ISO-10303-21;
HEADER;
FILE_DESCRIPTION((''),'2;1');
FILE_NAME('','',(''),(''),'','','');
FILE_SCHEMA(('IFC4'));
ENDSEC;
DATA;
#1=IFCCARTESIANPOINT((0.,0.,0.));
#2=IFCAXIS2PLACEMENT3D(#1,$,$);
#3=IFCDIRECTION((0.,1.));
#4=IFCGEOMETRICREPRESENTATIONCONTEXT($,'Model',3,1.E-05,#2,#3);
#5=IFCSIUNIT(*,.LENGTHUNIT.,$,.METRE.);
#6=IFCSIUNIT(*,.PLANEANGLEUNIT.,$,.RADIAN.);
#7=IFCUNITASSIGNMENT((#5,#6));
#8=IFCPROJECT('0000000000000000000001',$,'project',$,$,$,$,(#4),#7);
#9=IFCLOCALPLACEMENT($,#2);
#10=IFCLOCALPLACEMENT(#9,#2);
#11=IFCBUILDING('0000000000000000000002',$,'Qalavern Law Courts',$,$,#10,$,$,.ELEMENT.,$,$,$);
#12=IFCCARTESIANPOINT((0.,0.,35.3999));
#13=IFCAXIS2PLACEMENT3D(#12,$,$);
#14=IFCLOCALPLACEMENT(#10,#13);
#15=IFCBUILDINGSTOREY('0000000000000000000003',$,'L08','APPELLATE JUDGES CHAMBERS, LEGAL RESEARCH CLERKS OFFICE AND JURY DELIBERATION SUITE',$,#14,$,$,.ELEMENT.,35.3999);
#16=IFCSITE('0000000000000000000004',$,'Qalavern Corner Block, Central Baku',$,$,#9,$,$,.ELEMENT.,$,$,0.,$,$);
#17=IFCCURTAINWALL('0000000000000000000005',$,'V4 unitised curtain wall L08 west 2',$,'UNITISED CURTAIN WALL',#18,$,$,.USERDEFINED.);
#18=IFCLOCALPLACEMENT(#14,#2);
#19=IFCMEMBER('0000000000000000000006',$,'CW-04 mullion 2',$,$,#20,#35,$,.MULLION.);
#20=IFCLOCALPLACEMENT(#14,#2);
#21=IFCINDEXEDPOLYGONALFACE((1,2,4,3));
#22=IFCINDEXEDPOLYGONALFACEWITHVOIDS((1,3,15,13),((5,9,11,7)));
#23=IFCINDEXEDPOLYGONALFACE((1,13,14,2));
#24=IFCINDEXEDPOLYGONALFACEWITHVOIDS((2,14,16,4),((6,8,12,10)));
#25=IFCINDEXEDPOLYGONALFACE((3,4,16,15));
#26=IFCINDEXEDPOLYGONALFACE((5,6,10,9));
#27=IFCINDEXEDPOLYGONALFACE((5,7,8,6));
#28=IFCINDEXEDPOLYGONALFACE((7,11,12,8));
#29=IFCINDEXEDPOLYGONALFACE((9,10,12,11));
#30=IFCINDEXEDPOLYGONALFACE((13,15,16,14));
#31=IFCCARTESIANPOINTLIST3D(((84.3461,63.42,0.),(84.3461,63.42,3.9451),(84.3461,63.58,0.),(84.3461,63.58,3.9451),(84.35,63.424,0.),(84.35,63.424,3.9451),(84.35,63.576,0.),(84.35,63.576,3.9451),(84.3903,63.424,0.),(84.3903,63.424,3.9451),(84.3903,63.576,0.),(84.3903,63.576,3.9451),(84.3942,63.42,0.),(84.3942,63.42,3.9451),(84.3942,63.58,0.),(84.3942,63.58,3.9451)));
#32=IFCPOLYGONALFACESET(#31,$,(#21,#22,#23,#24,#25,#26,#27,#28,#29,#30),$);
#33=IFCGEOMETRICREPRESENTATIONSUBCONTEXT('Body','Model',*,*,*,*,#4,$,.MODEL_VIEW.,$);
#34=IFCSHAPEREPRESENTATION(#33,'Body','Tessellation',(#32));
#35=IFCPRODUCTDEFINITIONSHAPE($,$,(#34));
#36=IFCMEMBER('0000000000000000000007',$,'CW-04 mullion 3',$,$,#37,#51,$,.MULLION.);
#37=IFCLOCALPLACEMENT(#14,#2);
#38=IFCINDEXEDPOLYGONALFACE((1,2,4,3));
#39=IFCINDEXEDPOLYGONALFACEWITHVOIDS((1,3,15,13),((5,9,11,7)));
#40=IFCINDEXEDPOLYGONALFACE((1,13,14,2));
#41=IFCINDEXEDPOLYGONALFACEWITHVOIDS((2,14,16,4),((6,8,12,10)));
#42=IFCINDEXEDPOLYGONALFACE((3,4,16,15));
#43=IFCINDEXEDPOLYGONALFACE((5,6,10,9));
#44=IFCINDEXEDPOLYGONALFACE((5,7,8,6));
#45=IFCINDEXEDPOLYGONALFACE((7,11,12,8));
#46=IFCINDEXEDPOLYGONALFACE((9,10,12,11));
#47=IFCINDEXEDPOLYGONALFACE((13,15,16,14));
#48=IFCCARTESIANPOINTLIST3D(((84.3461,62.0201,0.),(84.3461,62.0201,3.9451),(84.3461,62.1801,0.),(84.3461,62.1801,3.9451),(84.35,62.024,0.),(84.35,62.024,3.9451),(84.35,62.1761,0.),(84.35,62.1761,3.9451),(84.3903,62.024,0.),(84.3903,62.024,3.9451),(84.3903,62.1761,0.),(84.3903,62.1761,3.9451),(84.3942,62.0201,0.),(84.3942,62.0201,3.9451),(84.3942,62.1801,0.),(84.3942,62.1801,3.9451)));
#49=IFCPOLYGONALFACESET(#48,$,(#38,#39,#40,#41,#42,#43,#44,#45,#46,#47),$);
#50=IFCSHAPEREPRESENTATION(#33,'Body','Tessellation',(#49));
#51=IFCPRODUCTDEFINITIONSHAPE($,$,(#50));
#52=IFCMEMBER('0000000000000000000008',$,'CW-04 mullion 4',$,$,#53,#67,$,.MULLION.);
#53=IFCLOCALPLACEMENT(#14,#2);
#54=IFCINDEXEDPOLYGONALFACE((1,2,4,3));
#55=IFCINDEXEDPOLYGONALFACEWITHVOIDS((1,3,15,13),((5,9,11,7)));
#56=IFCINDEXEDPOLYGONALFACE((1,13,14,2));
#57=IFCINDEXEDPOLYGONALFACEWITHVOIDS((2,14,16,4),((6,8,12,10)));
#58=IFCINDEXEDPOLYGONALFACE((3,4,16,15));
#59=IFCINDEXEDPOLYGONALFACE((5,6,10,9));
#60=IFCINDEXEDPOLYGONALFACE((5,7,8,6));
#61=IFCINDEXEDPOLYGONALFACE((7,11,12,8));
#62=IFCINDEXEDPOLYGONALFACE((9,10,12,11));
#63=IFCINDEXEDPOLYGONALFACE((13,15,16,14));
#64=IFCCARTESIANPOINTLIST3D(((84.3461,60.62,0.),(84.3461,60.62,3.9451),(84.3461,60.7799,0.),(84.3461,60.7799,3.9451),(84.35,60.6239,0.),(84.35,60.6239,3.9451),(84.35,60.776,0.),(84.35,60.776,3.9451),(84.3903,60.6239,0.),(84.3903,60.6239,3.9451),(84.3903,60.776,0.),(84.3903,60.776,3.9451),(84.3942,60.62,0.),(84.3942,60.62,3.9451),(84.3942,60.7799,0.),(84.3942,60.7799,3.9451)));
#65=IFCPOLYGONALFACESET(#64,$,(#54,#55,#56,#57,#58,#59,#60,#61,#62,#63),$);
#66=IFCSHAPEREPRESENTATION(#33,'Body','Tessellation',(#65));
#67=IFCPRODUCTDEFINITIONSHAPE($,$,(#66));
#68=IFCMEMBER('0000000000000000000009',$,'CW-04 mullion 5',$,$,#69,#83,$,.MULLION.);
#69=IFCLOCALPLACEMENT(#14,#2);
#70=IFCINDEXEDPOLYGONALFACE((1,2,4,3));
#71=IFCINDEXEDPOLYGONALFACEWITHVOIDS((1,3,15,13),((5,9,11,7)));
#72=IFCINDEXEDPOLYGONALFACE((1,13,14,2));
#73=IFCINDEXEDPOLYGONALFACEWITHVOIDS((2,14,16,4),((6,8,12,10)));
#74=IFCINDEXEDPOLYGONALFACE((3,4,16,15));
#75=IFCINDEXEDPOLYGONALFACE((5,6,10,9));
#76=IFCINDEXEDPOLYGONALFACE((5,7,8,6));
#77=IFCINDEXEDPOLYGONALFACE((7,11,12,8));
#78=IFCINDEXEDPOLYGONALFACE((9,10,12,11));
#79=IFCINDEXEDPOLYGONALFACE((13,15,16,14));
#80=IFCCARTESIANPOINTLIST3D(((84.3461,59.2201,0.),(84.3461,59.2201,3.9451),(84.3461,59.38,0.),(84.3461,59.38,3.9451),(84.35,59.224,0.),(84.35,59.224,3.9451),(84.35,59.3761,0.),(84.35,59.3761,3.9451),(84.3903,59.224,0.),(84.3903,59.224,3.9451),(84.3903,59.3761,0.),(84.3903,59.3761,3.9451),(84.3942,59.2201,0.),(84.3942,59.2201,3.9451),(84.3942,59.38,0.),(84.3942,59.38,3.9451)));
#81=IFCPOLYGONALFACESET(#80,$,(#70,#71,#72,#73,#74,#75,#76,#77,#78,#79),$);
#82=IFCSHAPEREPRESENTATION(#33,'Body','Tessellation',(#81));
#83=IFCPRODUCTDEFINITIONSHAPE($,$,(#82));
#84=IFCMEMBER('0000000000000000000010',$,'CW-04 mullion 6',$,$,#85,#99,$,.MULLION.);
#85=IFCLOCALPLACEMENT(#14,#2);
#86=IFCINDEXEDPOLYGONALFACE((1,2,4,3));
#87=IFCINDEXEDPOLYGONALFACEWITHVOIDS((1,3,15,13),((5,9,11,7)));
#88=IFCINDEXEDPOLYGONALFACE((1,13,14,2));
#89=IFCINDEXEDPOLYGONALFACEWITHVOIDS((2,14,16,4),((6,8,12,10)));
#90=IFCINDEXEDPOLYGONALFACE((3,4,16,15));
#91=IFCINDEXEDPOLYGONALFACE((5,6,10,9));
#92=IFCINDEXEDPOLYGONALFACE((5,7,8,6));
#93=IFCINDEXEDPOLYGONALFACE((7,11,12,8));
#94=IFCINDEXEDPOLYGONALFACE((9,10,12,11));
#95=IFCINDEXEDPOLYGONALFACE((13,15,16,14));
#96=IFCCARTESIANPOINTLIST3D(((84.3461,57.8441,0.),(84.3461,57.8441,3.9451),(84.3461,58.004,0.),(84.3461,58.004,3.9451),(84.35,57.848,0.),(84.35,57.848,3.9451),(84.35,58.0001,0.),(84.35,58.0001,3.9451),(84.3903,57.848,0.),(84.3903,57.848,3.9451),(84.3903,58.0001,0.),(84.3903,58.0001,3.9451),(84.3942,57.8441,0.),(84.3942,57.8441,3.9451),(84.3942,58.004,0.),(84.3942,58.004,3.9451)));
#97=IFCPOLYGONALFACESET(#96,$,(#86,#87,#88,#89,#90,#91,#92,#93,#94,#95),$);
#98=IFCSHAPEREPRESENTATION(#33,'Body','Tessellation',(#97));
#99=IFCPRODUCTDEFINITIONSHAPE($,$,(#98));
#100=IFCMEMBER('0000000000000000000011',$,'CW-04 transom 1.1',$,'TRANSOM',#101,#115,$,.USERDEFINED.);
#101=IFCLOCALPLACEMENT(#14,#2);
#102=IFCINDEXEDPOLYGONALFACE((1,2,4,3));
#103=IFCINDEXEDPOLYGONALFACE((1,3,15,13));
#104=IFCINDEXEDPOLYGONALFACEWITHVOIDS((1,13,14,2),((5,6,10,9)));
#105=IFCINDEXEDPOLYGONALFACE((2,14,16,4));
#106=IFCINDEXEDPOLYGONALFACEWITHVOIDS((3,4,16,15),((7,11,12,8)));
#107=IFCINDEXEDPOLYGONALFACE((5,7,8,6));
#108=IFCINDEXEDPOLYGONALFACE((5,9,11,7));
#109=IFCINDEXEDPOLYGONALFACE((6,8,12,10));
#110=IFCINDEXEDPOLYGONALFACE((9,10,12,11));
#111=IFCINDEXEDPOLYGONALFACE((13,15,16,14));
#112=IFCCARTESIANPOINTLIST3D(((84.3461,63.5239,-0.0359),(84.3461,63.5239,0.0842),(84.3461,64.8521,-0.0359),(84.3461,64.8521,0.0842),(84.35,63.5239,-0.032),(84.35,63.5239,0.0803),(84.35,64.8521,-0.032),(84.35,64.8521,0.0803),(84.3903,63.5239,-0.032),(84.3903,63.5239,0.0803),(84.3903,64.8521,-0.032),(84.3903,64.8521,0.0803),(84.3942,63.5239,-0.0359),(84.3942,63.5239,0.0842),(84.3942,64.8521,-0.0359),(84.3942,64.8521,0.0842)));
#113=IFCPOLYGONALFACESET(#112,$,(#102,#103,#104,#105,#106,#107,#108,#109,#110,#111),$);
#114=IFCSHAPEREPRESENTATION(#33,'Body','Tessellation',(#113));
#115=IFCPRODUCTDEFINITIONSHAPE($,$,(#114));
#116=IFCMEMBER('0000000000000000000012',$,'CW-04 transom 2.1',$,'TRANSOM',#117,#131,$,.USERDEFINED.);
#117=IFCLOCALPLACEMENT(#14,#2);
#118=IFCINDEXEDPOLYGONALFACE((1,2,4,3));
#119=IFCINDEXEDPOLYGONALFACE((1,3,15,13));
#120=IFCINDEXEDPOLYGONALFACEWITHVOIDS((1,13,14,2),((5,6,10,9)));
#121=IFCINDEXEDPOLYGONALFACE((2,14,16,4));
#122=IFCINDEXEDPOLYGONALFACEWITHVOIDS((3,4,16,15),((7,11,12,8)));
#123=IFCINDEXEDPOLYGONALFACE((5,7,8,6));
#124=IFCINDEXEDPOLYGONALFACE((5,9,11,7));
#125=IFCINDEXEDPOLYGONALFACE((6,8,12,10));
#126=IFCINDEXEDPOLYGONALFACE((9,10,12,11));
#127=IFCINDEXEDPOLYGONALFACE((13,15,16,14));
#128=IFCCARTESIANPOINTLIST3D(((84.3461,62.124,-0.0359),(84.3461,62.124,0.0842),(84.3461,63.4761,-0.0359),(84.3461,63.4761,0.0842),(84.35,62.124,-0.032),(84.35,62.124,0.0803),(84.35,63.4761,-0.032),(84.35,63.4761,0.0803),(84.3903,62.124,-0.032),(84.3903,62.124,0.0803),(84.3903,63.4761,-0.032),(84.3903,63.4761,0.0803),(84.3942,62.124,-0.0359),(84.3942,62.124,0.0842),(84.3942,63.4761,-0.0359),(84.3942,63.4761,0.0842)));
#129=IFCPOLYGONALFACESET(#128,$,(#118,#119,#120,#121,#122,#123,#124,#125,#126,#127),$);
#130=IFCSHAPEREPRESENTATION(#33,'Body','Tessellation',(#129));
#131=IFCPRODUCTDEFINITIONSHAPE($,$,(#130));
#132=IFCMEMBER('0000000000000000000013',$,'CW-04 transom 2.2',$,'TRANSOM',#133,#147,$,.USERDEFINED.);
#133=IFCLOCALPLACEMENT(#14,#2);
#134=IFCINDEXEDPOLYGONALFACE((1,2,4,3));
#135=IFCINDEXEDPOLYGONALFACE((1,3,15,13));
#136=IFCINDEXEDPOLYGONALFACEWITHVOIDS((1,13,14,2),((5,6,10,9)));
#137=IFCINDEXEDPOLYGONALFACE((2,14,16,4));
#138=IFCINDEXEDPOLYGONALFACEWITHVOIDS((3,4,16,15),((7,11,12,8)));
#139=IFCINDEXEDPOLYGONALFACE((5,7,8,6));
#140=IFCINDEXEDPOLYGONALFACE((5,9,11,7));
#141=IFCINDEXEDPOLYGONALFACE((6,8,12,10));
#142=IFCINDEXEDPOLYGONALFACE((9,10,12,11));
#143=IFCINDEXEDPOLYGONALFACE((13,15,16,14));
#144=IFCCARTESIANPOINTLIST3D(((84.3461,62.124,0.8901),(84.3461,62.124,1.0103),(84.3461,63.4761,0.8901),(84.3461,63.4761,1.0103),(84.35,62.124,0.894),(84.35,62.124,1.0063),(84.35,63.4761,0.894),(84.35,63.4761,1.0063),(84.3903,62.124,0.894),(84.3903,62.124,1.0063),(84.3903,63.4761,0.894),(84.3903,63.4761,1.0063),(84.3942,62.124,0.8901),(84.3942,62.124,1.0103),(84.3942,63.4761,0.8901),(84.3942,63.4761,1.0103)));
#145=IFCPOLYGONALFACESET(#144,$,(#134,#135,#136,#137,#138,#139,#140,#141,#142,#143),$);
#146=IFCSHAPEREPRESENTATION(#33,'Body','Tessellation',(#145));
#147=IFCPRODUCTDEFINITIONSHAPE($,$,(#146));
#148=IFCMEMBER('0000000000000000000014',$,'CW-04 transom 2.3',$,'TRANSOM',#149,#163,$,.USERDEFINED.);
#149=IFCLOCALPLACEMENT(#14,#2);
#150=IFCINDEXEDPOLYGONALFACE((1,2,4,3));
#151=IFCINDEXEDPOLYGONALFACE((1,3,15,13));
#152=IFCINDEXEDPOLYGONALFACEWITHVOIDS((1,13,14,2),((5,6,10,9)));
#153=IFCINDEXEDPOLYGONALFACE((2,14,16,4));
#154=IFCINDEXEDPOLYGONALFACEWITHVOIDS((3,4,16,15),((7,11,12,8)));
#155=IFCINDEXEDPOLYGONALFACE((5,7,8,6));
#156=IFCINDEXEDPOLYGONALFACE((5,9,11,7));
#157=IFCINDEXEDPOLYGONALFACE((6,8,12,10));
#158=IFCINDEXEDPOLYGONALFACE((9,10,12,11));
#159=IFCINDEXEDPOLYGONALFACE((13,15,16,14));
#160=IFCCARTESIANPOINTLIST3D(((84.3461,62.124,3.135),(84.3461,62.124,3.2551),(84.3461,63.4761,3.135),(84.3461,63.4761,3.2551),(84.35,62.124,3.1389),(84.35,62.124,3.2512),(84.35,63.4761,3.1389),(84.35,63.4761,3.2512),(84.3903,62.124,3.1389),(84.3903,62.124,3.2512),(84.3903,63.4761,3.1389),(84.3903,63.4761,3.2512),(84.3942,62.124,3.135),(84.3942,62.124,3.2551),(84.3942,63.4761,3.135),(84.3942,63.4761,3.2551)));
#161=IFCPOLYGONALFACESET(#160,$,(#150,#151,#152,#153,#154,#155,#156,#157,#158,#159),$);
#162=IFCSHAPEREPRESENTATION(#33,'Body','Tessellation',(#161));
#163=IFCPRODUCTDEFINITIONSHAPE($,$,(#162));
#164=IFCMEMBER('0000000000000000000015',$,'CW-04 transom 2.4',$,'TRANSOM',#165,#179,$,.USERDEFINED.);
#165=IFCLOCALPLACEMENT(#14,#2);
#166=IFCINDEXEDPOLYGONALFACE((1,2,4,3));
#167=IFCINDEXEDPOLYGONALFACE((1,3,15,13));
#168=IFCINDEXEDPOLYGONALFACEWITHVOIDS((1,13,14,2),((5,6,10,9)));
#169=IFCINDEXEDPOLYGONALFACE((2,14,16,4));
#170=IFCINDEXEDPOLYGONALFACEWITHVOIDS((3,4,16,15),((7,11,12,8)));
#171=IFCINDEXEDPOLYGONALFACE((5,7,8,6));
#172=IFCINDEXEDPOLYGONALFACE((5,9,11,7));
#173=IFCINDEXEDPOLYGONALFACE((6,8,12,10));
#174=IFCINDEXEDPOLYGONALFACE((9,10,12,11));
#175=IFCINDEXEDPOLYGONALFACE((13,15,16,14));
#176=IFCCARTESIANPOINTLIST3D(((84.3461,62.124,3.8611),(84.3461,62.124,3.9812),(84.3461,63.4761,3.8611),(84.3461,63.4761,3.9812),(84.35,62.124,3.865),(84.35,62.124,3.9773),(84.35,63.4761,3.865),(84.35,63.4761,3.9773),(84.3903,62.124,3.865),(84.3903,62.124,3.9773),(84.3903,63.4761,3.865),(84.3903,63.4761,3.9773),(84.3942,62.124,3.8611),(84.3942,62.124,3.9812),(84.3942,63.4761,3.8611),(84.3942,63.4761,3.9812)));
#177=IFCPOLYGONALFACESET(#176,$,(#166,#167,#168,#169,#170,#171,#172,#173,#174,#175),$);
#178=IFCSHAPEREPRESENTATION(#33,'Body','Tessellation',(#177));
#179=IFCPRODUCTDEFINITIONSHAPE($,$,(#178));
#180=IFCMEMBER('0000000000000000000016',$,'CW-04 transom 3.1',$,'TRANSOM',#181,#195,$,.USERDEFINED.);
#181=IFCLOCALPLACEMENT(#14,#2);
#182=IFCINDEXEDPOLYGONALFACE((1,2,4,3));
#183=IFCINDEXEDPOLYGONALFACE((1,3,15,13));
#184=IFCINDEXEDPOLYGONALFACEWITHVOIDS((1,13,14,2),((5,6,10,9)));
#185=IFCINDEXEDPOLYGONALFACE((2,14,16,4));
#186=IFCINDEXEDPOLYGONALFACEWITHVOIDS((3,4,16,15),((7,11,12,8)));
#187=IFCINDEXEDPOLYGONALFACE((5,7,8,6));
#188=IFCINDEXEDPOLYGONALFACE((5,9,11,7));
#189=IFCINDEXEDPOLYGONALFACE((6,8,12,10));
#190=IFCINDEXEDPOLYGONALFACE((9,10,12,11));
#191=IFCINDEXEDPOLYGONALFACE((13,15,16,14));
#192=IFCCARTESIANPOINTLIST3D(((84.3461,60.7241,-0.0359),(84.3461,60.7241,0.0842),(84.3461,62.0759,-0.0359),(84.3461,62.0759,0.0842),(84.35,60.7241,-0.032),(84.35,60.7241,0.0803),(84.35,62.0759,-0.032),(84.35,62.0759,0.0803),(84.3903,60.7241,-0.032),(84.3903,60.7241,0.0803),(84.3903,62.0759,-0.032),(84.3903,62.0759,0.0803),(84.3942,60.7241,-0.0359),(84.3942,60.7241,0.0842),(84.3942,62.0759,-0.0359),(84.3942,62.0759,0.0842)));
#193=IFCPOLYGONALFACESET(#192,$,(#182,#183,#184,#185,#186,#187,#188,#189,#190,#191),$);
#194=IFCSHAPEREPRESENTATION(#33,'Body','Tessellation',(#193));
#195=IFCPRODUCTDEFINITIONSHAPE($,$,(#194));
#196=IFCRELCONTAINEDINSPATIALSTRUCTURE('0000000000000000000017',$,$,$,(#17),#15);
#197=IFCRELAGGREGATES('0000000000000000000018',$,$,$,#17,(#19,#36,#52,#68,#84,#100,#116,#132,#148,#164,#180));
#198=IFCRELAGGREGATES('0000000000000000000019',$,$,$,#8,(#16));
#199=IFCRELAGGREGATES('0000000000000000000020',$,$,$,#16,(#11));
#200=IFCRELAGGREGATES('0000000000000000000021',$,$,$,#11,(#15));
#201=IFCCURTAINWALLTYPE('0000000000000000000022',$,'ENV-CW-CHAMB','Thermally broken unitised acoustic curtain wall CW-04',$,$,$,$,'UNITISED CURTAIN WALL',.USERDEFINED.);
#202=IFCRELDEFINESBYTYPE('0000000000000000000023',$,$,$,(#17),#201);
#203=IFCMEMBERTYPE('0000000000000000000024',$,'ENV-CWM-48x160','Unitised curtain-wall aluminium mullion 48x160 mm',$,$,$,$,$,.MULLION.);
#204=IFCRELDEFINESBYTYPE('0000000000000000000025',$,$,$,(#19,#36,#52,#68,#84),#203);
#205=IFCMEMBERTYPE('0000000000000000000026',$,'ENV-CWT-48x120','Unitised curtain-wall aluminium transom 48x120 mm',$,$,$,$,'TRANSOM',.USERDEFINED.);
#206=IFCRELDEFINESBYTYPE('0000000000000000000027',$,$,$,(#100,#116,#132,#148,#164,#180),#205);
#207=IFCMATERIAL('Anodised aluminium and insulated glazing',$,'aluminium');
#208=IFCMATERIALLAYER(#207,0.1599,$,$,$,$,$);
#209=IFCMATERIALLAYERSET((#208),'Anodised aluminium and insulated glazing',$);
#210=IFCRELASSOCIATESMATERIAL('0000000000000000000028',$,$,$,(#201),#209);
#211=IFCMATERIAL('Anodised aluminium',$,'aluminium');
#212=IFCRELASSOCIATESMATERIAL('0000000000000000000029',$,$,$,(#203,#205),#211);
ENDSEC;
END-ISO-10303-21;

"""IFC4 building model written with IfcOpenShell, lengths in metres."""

from ifc_helpers import new_model, si_unit, direction, frame, origin, origin_2d, place, context, subcontext, project, spatial, hollow_rectangle, extrude, material, layer, layer_set, material_profile, profile_set, type_object, element, aggregate, save


model = new_model("IFC4")

# Units and contexts
model_context = context("Model", 3, precision=1e-05, world=origin(), true_north=direction((0.0, 1.0)))
body_context = subcontext(model_context, "Body", "Model", "MODEL_VIEW")
ifc_project = project(units=[si_unit("LENGTHUNIT", "METRE"), si_unit("PLANEANGLEUNIT", "RADIAN")], contexts=[model_context])

# Site, building, storey
site_placement = place(None, origin())
site = spatial("IfcSite", under=ifc_project, at=site_placement, Name="Qalavern Corner Block, Central Baku", CompositionType="ELEMENT", RefElevation=0.0)
building_placement = place(site_placement, origin())
building = spatial("IfcBuilding", under=site, at=building_placement, Name="Qalavern Law Courts", CompositionType="ELEMENT")
storey_placement = place(building_placement, frame((0.0, 0.0, 35.3999)))
storey = spatial("IfcBuildingStorey", under=building, at=storey_placement, Name="L08", Description="APPELLATE JUDGES CHAMBERS, LEGAL RESEARCH CLERKS OFFICE AND JURY DELIBERATION SUITE", CompositionType="ELEMENT", Elevation=35.3999)

# Curtain wall, members
ifc_material_1 = material(Name="Anodised aluminium and insulated glazing", Category="aluminium")
ifc_layer_1 = layer(ifc_material_1, 0.1599)
ifc_layer_set_1 = layer_set([ifc_layer_1], Name="Anodised aluminium and insulated glazing")
curtain_wall_type = type_object("IfcCurtainWallType", Name="ENV-CW-CHAMB", Description="Thermally broken unitised acoustic curtain wall CW-04", ElementType="UNITISED CURTAIN WALL", PredefinedType="USERDEFINED", material=ifc_layer_set_1)
curtain_wall_placement = place(storey_placement, origin())
curtain_wall = element("IfcCurtainWall", 1, at=curtain_wall_placement, inside=storey, type_object=curtain_wall_type, Name="V4 unitised curtain wall L08 west 2", ObjectType="UNITISED CURTAIN WALL", PredefinedType="USERDEFINED")
ifc_material_2 = material(Name="Anodised aluminium", Category="aluminium")
ifc_material_profile_1 = material_profile(ifc_material_2, hollow_rectangle(XDim=0.0481, YDim=0.1599, WallThickness=0.0039, at=origin_2d()), Name="ALU MULLION 48x160")
ifc_profile_set_1 = profile_set([ifc_material_profile_1], Name="Anodised aluminium")
member_type_1 = type_object("IfcMemberType", Name="ENV-CWM-48x160", Description="Unitised curtain-wall aluminium mullion 48x160 mm", PredefinedType="MULLION", material=ifc_profile_set_1)
member_1_placement = place(storey_placement, frame((84.3701, 63.5, 0.0), z_axis=(0.0, 0.0, 1.0), x_axis=(1.0, 0.0, 0.0)))
member_1 = element("IfcMember", 2, at=member_1_placement, type_object=member_type_1, Name="CW-04 mullion 2", PredefinedType="MULLION", context=body_context, shape_type="SweptSolid", body=[
    extrude(hollow_rectangle(XDim=0.0481, YDim=0.1599, WallThickness=0.0039, at=origin_2d()), origin(), (0.0, 0.0, 1.0), 3.9451),
])
member_2_placement = place(storey_placement, frame((84.3701, 62.1001, 0.0), z_axis=(0.0, 0.0, 1.0), x_axis=(1.0, 0.0, 0.0)))
member_2 = element("IfcMember", 3, at=member_2_placement, type_object=member_type_1, Name="CW-04 mullion 3", PredefinedType="MULLION", context=body_context, shape_type="SweptSolid", body=[
    extrude(hollow_rectangle(XDim=0.0481, YDim=0.1599, WallThickness=0.0039, at=origin_2d()), origin(), (0.0, 0.0, 1.0), 3.9451),
])
member_3_placement = place(storey_placement, frame((84.3701, 60.7, 0.0), z_axis=(0.0, 0.0, 1.0), x_axis=(1.0, 0.0, 0.0)))
member_3 = element("IfcMember", 4, at=member_3_placement, type_object=member_type_1, Name="CW-04 mullion 4", PredefinedType="MULLION", context=body_context, shape_type="SweptSolid", body=[
    extrude(hollow_rectangle(XDim=0.0481, YDim=0.1599, WallThickness=0.0039, at=origin_2d()), origin(), (0.0, 0.0, 1.0), 3.9451),
])
member_4_placement = place(storey_placement, frame((84.3701, 59.3, 0.0), z_axis=(0.0, 0.0, 1.0), x_axis=(1.0, 0.0, 0.0)))
member_4 = element("IfcMember", 5, at=member_4_placement, type_object=member_type_1, Name="CW-04 mullion 5", PredefinedType="MULLION", context=body_context, shape_type="SweptSolid", body=[
    extrude(hollow_rectangle(XDim=0.0481, YDim=0.1599, WallThickness=0.0039, at=origin_2d()), origin(), (0.0, 0.0, 1.0), 3.9451),
])
member_5_placement = place(storey_placement, frame((84.3701, 57.9241, 0.0), z_axis=(0.0, 0.0, 1.0), x_axis=(1.0, 0.0, 0.0)))
member_5 = element("IfcMember", 6, at=member_5_placement, type_object=member_type_1, Name="CW-04 mullion 6", PredefinedType="MULLION", context=body_context, shape_type="SweptSolid", body=[
    extrude(hollow_rectangle(XDim=0.0481, YDim=0.1599, WallThickness=0.0039, at=origin_2d()), origin(), (0.0, 0.0, 1.0), 3.9451),
])
ifc_material_profile_2 = material_profile(ifc_material_2, hollow_rectangle(XDim=0.0481, YDim=0.1201, WallThickness=0.0039, at=origin_2d()), Name="ALU TRANSOM 48x120")
ifc_profile_set_2 = profile_set([ifc_material_profile_2], Name="Anodised aluminium")
member_type_2 = type_object("IfcMemberType", Name="ENV-CWT-48x120", Description="Unitised curtain-wall aluminium transom 48x120 mm", ElementType="TRANSOM", PredefinedType="USERDEFINED", material=ifc_profile_set_2)
member_6_placement = place(storey_placement, frame((84.3701, 64.8521, 0.0242), z_axis=(0.0, -1.0, 0.0), x_axis=(1.0, 0.0, 0.0)))
member_6 = element("IfcMember", 7, at=member_6_placement, type_object=member_type_2, Name="CW-04 transom 1.1", ObjectType="TRANSOM", PredefinedType="USERDEFINED", context=body_context, shape_type="SweptSolid", body=[
    extrude(hollow_rectangle(XDim=0.0481, YDim=0.1201, WallThickness=0.0039, at=origin_2d()), origin(), (0.0, 0.0, 1.0), 1.3281),
])
member_7_placement = place(storey_placement, frame((84.3701, 63.4761, 0.0242), z_axis=(0.0, -1.0, 0.0), x_axis=(1.0, 0.0, 0.0)))
member_7 = element("IfcMember", 8, at=member_7_placement, type_object=member_type_2, Name="CW-04 transom 2.1", ObjectType="TRANSOM", PredefinedType="USERDEFINED", context=body_context, shape_type="SweptSolid", body=[
    extrude(hollow_rectangle(XDim=0.0481, YDim=0.1201, WallThickness=0.0039, at=origin_2d()), origin(), (0.0, 0.0, 1.0), 1.3521),
])
member_8_placement = place(storey_placement, frame((84.3701, 63.4761, 0.9502), z_axis=(0.0, -1.0, 0.0), x_axis=(1.0, 0.0, 0.0)))
member_8 = element("IfcMember", 9, at=member_8_placement, type_object=member_type_2, Name="CW-04 transom 2.2", ObjectType="TRANSOM", PredefinedType="USERDEFINED", context=body_context, shape_type="SweptSolid", body=[
    extrude(hollow_rectangle(XDim=0.0481, YDim=0.1201, WallThickness=0.0039, at=origin_2d()), origin(), (0.0, 0.0, 1.0), 1.3521),
])
member_9_placement = place(storey_placement, frame((84.3701, 63.4761, 3.1951), z_axis=(0.0, -1.0, 0.0), x_axis=(1.0, 0.0, 0.0)))
member_9 = element("IfcMember", 10, at=member_9_placement, type_object=member_type_2, Name="CW-04 transom 2.3", ObjectType="TRANSOM", PredefinedType="USERDEFINED", context=body_context, shape_type="SweptSolid", body=[
    extrude(hollow_rectangle(XDim=0.0481, YDim=0.1201, WallThickness=0.0039, at=origin_2d()), origin(), (0.0, 0.0, 1.0), 1.3521),
])
member_10_placement = place(storey_placement, frame((84.3701, 63.4761, 3.9211), z_axis=(0.0, -1.0, 0.0), x_axis=(1.0, 0.0, 0.0)))
member_10 = element("IfcMember", 11, at=member_10_placement, type_object=member_type_2, Name="CW-04 transom 2.4", ObjectType="TRANSOM", PredefinedType="USERDEFINED", context=body_context, shape_type="SweptSolid", body=[
    extrude(hollow_rectangle(XDim=0.0481, YDim=0.1201, WallThickness=0.0039, at=origin_2d()), origin(), (0.0, 0.0, 1.0), 1.3521),
])
member_11_placement = place(storey_placement, frame((84.3701, 62.0759, 0.0242), z_axis=(0.0, -1.0, 0.0), x_axis=(1.0, 0.0, 0.0)))
member_11 = element("IfcMember", 12, at=member_11_placement, type_object=member_type_2, Name="CW-04 transom 3.1", ObjectType="TRANSOM", PredefinedType="USERDEFINED", context=body_context, shape_type="SweptSolid", body=[
    extrude(hollow_rectangle(XDim=0.0481, YDim=0.1201, WallThickness=0.0039, at=origin_2d()), origin(), (0.0, 0.0, 1.0), 1.3518),
])
aggregate(curtain_wall, [member_1, member_2, member_3, member_4, member_5, member_6, member_7, member_8, member_9, member_10, member_11])

save(model, "model.ifc")
